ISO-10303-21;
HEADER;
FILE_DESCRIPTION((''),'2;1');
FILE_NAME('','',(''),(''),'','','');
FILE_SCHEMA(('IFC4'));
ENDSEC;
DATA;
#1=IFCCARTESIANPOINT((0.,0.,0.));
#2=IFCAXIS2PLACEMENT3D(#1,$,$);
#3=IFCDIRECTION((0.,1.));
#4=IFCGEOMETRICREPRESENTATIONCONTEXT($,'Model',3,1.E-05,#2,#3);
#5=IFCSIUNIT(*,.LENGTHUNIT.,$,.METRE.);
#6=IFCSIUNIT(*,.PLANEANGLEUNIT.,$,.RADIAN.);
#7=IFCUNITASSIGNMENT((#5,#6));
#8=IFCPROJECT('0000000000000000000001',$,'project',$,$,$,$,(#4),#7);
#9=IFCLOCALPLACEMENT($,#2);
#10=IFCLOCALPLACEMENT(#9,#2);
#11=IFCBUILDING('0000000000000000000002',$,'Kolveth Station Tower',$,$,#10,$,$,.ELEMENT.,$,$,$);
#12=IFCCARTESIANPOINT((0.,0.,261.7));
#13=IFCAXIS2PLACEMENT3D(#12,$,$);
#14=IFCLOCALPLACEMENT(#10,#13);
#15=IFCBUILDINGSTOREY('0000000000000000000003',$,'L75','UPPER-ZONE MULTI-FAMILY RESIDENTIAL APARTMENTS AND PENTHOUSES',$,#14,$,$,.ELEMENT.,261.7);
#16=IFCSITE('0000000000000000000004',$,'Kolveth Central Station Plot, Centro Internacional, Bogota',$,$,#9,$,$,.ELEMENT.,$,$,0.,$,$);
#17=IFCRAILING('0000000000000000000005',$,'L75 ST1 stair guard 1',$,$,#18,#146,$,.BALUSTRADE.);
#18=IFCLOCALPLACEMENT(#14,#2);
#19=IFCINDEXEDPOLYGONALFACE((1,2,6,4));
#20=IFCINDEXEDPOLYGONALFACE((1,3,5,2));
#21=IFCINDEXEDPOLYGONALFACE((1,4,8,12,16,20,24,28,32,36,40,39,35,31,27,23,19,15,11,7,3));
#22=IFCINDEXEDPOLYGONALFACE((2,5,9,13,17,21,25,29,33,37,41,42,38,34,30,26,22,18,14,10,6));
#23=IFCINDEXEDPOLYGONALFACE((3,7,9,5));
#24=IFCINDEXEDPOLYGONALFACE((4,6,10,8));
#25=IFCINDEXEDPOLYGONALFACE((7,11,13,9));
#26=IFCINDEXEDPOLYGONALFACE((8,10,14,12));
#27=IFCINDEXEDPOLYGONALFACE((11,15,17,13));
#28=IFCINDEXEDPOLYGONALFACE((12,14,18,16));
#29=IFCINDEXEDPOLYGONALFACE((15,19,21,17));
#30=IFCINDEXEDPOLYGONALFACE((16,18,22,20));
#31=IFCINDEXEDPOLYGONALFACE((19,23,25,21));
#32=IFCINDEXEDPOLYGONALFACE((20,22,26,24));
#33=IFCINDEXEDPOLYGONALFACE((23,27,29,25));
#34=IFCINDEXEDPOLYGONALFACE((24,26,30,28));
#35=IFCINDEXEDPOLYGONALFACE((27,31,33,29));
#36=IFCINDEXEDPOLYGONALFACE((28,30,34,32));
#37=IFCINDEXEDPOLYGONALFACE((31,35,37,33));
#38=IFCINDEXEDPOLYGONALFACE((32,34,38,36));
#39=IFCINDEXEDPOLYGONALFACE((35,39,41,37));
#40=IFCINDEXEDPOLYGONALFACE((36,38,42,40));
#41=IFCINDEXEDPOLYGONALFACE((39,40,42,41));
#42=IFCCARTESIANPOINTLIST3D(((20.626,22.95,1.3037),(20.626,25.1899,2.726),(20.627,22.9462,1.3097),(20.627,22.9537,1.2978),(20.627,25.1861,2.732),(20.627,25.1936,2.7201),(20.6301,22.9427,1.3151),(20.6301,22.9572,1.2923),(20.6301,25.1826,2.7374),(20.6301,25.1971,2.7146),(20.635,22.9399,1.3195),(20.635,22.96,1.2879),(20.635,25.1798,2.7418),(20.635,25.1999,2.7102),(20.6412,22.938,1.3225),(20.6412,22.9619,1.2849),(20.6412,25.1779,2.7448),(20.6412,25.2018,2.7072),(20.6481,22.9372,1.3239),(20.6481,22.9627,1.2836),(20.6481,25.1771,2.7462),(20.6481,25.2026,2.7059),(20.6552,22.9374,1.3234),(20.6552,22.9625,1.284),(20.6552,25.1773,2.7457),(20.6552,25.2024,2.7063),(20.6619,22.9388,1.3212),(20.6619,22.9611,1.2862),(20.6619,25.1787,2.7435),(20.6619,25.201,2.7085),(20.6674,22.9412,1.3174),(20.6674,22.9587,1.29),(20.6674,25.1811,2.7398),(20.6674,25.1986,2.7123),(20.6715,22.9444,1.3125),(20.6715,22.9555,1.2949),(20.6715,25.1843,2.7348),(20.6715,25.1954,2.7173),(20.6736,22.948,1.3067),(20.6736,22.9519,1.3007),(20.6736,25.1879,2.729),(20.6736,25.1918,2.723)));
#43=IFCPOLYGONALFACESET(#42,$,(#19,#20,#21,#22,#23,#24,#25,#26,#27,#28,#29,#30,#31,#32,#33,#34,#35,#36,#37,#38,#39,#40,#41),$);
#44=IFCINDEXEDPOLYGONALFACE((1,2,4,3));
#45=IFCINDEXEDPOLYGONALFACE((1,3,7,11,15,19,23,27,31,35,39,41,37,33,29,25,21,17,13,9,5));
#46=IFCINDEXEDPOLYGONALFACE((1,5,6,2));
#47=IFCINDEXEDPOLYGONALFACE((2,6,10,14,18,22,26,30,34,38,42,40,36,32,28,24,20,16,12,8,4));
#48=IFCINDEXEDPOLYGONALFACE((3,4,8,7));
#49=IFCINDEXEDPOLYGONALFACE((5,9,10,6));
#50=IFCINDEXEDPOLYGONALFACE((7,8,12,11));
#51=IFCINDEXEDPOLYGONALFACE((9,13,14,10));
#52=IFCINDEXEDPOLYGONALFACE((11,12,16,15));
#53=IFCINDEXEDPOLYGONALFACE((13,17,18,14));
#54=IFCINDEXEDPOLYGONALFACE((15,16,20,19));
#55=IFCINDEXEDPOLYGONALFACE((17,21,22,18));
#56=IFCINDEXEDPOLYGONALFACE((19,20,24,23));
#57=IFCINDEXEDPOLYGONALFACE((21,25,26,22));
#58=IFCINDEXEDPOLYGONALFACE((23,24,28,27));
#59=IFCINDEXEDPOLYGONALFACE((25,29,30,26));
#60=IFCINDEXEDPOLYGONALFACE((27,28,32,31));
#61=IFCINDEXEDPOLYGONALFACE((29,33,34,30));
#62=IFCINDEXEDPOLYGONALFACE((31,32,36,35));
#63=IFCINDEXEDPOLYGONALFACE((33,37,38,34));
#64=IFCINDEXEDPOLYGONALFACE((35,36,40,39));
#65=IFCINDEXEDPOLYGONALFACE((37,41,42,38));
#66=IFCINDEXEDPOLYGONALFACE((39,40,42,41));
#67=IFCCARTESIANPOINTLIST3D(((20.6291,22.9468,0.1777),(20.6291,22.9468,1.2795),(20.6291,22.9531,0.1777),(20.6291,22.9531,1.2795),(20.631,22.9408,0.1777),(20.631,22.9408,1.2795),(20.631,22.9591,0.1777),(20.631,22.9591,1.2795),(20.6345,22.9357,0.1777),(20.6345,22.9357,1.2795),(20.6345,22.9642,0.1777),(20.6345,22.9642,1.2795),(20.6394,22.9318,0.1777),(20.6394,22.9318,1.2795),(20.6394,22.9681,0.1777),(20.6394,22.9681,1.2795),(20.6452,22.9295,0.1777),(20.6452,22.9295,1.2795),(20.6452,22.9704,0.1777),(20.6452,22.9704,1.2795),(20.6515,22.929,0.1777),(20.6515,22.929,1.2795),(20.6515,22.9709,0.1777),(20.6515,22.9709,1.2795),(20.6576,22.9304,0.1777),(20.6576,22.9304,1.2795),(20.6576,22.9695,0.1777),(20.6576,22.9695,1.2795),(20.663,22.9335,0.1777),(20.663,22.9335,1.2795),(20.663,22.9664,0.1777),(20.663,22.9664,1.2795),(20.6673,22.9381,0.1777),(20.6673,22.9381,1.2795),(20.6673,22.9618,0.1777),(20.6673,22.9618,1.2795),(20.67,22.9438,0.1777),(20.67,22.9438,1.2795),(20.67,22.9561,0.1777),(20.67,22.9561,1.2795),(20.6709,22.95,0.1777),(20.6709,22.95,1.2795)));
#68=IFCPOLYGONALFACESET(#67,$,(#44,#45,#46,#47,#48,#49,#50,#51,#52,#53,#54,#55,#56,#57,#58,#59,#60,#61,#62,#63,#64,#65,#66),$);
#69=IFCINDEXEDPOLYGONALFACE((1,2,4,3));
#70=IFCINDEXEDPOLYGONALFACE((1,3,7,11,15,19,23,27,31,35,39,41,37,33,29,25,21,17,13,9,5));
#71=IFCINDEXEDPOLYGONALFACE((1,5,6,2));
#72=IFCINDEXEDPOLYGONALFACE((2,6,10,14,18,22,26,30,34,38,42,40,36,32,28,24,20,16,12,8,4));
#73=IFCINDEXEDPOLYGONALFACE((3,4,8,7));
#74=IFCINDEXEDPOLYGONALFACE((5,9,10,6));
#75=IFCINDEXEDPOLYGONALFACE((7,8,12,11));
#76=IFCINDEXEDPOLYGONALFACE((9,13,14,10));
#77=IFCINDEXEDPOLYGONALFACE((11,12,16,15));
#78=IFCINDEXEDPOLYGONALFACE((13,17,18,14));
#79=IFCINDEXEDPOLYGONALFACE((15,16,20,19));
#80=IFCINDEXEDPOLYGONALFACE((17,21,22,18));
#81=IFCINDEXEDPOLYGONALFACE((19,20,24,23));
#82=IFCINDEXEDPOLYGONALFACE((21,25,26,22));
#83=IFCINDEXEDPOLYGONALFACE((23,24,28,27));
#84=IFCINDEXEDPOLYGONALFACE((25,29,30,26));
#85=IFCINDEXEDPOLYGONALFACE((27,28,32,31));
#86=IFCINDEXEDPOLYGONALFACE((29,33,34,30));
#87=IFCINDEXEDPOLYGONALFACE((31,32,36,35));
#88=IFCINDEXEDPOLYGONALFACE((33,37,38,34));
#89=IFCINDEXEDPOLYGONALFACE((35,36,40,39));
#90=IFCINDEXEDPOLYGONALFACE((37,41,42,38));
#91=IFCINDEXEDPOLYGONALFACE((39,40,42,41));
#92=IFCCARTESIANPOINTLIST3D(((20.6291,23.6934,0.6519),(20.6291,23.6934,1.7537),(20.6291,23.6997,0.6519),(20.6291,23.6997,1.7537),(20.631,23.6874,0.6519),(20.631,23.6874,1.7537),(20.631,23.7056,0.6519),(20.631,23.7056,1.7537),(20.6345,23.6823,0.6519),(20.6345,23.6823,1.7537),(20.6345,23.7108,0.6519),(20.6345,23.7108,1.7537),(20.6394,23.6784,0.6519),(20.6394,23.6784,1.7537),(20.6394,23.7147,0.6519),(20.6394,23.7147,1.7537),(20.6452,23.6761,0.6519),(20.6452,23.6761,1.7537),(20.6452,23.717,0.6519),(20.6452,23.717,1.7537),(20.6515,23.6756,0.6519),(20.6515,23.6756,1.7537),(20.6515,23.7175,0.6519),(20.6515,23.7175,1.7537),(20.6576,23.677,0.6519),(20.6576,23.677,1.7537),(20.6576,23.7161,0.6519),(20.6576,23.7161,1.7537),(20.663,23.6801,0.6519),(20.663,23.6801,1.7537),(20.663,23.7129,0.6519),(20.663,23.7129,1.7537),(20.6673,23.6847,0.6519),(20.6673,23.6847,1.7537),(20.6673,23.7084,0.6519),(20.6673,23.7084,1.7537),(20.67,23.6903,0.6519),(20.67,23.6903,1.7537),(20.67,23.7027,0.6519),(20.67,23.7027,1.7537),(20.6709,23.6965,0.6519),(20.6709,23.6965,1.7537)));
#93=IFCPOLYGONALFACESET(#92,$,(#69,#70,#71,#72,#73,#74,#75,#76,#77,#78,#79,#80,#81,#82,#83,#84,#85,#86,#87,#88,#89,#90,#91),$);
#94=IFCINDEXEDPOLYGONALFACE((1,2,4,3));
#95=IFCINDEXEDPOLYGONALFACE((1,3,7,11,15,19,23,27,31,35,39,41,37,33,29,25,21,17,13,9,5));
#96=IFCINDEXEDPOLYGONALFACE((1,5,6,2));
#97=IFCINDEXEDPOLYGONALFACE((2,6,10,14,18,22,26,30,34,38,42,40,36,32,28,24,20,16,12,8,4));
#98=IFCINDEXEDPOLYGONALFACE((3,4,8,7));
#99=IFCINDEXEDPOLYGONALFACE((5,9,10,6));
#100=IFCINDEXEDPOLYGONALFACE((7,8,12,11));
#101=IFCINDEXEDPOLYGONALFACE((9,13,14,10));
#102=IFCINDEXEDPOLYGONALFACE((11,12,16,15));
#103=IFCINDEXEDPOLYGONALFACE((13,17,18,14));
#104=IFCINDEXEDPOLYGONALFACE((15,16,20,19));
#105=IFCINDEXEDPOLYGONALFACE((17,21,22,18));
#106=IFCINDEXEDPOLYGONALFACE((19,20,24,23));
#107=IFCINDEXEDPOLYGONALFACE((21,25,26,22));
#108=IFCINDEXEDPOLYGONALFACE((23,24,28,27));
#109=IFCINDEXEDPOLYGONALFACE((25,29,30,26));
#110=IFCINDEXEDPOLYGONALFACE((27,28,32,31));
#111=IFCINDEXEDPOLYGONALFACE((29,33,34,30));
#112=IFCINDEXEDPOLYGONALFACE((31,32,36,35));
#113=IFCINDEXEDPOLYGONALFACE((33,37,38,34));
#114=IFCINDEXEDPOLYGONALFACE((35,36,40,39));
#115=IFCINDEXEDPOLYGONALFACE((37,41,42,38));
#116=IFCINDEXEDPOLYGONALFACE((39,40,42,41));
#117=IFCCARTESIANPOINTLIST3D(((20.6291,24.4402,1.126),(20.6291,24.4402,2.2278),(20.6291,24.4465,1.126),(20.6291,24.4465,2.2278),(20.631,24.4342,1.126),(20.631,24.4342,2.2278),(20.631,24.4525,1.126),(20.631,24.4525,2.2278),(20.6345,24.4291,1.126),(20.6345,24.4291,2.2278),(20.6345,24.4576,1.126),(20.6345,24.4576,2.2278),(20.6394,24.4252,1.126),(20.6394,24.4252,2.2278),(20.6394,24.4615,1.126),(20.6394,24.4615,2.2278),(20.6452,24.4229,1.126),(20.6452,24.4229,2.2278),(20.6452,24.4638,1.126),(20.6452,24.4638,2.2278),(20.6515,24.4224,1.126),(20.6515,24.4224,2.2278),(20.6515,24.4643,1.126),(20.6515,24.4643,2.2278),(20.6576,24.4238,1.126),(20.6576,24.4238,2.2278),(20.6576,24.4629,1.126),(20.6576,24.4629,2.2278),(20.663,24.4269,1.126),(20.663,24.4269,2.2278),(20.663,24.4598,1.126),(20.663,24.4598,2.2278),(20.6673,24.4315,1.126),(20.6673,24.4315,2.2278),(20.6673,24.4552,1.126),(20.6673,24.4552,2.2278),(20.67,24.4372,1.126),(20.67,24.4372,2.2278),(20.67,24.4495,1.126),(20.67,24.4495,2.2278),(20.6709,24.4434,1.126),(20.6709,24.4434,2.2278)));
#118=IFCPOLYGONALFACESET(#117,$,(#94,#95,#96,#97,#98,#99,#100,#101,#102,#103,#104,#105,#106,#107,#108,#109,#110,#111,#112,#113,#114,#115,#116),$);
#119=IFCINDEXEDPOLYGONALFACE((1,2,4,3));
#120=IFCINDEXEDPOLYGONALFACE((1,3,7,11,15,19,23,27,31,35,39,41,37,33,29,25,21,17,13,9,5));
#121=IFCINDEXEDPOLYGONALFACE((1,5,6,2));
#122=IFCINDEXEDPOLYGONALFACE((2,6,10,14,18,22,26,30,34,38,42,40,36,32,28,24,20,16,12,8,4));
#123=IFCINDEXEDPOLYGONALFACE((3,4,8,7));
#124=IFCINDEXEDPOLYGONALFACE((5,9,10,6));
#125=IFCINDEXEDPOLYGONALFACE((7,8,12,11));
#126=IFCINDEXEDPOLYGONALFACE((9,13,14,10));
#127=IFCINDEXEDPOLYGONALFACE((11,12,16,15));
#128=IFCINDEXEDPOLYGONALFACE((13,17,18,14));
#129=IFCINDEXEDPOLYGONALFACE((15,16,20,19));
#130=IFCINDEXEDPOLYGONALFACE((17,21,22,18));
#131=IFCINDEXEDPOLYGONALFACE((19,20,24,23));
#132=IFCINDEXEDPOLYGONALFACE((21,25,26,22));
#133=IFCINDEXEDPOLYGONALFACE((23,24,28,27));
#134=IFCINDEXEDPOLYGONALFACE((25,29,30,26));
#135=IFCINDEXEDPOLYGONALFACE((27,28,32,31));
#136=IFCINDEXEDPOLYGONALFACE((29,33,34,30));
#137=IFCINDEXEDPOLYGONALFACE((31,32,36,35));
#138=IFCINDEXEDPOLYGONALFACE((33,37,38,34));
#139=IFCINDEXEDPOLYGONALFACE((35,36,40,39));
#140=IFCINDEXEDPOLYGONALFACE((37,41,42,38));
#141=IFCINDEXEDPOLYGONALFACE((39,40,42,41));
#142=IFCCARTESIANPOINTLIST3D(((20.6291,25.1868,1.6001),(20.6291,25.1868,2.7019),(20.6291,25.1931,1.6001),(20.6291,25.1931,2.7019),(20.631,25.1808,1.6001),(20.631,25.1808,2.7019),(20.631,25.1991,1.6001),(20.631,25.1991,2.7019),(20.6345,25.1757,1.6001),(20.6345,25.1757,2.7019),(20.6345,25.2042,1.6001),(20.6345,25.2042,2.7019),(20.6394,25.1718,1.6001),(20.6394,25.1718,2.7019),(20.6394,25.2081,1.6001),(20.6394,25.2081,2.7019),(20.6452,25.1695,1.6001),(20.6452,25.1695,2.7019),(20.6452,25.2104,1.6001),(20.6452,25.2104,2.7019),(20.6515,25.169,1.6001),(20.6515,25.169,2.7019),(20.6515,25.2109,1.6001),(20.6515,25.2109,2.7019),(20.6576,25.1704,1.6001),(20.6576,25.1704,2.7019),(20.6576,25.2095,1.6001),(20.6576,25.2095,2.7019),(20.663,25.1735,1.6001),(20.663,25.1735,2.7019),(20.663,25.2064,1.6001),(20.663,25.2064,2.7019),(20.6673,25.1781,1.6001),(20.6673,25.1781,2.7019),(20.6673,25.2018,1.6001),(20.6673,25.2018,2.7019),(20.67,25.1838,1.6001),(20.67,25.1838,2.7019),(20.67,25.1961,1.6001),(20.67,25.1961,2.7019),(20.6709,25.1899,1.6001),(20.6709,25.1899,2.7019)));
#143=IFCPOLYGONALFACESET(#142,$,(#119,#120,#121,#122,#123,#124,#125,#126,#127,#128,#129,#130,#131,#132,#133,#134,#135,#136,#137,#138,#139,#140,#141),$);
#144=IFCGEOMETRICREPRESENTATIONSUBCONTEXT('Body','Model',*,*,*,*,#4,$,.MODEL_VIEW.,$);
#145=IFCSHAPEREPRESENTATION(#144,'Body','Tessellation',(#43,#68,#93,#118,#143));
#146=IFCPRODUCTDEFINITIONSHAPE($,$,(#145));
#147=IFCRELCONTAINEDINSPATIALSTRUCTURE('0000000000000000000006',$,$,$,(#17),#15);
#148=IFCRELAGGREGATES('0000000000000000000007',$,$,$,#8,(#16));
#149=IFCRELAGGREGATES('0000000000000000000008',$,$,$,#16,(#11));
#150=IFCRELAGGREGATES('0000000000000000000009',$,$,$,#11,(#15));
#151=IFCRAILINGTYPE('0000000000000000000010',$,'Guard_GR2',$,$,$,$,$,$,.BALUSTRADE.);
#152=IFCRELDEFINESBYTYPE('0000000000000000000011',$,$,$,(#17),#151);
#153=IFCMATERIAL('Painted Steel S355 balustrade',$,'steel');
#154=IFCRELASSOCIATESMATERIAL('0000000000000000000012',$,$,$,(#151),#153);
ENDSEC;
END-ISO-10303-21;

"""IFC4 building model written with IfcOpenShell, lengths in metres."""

from ifc_helpers import new_model, si_unit, direction, frame, origin, origin_2d, place, context, subcontext, project, spatial, circle, extrude, material, type_object, element, save


model = new_model("IFC4")

# Units and contexts
model_context = context("Model", 3, precision=1e-05, world=origin(), true_north=direction((0.0, 1.0)))
body_context = subcontext(model_context, "Body", "Model", "MODEL_VIEW")
ifc_project = project(units=[si_unit("LENGTHUNIT", "METRE"), si_unit("PLANEANGLEUNIT", "RADIAN")], contexts=[model_context])

# Site, building, storey
site_placement = place(None, origin())
site = spatial("IfcSite", under=ifc_project, at=site_placement, Name="Kolveth Central Station Plot, Centro Internacional, Bogota", CompositionType="ELEMENT", RefElevation=0.0)
building_placement = place(site_placement, origin())
building = spatial("IfcBuilding", under=site, at=building_placement, Name="Kolveth Station Tower", CompositionType="ELEMENT")
storey_placement = place(building_placement, frame((0.0, 0.0, 261.7)))
storey = spatial("IfcBuildingStorey", under=building, at=storey_placement, Name="L75", Description="UPPER-ZONE MULTI-FAMILY RESIDENTIAL APARTMENTS AND PENTHOUSES", CompositionType="ELEMENT", Elevation=261.7)

# Railing
ifc_material_1 = material(Name="Painted Steel S355 balustrade", Category="steel")
railing_type_1 = type_object("IfcRailingType", Name="Guard_GR2", PredefinedType="BALUSTRADE", material=ifc_material_1)
railing_1_placement = place(storey_placement, frame((20.6499, 22.95, 0.1777)))
element("IfcRailing", 1, at=railing_1_placement, inside=storey, type_object=railing_type_1, Name="L75 ST1 stair guard 1", PredefinedType="BALUSTRADE", context=body_context, shape_type="SweptSolid", body=[
    extrude(circle(Radius=0.0239, at=origin_2d()), frame((0.0, 0.0, 1.126), z_axis=(0.0, 0.844188, 0.536048), x_axis=(-1.0, 0.0, 0.0)), (0.0, 0.0, 1.0), 2.6533),
    extrude(circle(Radius=0.021, at=origin_2d()), origin(), (0.0, 0.0, 1.0), 1.1018),
    extrude(circle(Radius=0.021, at=origin_2d()), frame((0.0, 0.7466, 0.4741)), (0.0, 0.0, 1.0), 1.1018),
    extrude(circle(Radius=0.021, at=origin_2d()), frame((0.0, 1.4934, 0.9482)), (0.0, 0.0, 1.0), 1.1018),
    extrude(circle(Radius=0.021, at=origin_2d()), frame((0.0, 2.24, 1.4224)), (0.0, 0.0, 1.0), 1.1018),
])

save(model, "model.ifc")
